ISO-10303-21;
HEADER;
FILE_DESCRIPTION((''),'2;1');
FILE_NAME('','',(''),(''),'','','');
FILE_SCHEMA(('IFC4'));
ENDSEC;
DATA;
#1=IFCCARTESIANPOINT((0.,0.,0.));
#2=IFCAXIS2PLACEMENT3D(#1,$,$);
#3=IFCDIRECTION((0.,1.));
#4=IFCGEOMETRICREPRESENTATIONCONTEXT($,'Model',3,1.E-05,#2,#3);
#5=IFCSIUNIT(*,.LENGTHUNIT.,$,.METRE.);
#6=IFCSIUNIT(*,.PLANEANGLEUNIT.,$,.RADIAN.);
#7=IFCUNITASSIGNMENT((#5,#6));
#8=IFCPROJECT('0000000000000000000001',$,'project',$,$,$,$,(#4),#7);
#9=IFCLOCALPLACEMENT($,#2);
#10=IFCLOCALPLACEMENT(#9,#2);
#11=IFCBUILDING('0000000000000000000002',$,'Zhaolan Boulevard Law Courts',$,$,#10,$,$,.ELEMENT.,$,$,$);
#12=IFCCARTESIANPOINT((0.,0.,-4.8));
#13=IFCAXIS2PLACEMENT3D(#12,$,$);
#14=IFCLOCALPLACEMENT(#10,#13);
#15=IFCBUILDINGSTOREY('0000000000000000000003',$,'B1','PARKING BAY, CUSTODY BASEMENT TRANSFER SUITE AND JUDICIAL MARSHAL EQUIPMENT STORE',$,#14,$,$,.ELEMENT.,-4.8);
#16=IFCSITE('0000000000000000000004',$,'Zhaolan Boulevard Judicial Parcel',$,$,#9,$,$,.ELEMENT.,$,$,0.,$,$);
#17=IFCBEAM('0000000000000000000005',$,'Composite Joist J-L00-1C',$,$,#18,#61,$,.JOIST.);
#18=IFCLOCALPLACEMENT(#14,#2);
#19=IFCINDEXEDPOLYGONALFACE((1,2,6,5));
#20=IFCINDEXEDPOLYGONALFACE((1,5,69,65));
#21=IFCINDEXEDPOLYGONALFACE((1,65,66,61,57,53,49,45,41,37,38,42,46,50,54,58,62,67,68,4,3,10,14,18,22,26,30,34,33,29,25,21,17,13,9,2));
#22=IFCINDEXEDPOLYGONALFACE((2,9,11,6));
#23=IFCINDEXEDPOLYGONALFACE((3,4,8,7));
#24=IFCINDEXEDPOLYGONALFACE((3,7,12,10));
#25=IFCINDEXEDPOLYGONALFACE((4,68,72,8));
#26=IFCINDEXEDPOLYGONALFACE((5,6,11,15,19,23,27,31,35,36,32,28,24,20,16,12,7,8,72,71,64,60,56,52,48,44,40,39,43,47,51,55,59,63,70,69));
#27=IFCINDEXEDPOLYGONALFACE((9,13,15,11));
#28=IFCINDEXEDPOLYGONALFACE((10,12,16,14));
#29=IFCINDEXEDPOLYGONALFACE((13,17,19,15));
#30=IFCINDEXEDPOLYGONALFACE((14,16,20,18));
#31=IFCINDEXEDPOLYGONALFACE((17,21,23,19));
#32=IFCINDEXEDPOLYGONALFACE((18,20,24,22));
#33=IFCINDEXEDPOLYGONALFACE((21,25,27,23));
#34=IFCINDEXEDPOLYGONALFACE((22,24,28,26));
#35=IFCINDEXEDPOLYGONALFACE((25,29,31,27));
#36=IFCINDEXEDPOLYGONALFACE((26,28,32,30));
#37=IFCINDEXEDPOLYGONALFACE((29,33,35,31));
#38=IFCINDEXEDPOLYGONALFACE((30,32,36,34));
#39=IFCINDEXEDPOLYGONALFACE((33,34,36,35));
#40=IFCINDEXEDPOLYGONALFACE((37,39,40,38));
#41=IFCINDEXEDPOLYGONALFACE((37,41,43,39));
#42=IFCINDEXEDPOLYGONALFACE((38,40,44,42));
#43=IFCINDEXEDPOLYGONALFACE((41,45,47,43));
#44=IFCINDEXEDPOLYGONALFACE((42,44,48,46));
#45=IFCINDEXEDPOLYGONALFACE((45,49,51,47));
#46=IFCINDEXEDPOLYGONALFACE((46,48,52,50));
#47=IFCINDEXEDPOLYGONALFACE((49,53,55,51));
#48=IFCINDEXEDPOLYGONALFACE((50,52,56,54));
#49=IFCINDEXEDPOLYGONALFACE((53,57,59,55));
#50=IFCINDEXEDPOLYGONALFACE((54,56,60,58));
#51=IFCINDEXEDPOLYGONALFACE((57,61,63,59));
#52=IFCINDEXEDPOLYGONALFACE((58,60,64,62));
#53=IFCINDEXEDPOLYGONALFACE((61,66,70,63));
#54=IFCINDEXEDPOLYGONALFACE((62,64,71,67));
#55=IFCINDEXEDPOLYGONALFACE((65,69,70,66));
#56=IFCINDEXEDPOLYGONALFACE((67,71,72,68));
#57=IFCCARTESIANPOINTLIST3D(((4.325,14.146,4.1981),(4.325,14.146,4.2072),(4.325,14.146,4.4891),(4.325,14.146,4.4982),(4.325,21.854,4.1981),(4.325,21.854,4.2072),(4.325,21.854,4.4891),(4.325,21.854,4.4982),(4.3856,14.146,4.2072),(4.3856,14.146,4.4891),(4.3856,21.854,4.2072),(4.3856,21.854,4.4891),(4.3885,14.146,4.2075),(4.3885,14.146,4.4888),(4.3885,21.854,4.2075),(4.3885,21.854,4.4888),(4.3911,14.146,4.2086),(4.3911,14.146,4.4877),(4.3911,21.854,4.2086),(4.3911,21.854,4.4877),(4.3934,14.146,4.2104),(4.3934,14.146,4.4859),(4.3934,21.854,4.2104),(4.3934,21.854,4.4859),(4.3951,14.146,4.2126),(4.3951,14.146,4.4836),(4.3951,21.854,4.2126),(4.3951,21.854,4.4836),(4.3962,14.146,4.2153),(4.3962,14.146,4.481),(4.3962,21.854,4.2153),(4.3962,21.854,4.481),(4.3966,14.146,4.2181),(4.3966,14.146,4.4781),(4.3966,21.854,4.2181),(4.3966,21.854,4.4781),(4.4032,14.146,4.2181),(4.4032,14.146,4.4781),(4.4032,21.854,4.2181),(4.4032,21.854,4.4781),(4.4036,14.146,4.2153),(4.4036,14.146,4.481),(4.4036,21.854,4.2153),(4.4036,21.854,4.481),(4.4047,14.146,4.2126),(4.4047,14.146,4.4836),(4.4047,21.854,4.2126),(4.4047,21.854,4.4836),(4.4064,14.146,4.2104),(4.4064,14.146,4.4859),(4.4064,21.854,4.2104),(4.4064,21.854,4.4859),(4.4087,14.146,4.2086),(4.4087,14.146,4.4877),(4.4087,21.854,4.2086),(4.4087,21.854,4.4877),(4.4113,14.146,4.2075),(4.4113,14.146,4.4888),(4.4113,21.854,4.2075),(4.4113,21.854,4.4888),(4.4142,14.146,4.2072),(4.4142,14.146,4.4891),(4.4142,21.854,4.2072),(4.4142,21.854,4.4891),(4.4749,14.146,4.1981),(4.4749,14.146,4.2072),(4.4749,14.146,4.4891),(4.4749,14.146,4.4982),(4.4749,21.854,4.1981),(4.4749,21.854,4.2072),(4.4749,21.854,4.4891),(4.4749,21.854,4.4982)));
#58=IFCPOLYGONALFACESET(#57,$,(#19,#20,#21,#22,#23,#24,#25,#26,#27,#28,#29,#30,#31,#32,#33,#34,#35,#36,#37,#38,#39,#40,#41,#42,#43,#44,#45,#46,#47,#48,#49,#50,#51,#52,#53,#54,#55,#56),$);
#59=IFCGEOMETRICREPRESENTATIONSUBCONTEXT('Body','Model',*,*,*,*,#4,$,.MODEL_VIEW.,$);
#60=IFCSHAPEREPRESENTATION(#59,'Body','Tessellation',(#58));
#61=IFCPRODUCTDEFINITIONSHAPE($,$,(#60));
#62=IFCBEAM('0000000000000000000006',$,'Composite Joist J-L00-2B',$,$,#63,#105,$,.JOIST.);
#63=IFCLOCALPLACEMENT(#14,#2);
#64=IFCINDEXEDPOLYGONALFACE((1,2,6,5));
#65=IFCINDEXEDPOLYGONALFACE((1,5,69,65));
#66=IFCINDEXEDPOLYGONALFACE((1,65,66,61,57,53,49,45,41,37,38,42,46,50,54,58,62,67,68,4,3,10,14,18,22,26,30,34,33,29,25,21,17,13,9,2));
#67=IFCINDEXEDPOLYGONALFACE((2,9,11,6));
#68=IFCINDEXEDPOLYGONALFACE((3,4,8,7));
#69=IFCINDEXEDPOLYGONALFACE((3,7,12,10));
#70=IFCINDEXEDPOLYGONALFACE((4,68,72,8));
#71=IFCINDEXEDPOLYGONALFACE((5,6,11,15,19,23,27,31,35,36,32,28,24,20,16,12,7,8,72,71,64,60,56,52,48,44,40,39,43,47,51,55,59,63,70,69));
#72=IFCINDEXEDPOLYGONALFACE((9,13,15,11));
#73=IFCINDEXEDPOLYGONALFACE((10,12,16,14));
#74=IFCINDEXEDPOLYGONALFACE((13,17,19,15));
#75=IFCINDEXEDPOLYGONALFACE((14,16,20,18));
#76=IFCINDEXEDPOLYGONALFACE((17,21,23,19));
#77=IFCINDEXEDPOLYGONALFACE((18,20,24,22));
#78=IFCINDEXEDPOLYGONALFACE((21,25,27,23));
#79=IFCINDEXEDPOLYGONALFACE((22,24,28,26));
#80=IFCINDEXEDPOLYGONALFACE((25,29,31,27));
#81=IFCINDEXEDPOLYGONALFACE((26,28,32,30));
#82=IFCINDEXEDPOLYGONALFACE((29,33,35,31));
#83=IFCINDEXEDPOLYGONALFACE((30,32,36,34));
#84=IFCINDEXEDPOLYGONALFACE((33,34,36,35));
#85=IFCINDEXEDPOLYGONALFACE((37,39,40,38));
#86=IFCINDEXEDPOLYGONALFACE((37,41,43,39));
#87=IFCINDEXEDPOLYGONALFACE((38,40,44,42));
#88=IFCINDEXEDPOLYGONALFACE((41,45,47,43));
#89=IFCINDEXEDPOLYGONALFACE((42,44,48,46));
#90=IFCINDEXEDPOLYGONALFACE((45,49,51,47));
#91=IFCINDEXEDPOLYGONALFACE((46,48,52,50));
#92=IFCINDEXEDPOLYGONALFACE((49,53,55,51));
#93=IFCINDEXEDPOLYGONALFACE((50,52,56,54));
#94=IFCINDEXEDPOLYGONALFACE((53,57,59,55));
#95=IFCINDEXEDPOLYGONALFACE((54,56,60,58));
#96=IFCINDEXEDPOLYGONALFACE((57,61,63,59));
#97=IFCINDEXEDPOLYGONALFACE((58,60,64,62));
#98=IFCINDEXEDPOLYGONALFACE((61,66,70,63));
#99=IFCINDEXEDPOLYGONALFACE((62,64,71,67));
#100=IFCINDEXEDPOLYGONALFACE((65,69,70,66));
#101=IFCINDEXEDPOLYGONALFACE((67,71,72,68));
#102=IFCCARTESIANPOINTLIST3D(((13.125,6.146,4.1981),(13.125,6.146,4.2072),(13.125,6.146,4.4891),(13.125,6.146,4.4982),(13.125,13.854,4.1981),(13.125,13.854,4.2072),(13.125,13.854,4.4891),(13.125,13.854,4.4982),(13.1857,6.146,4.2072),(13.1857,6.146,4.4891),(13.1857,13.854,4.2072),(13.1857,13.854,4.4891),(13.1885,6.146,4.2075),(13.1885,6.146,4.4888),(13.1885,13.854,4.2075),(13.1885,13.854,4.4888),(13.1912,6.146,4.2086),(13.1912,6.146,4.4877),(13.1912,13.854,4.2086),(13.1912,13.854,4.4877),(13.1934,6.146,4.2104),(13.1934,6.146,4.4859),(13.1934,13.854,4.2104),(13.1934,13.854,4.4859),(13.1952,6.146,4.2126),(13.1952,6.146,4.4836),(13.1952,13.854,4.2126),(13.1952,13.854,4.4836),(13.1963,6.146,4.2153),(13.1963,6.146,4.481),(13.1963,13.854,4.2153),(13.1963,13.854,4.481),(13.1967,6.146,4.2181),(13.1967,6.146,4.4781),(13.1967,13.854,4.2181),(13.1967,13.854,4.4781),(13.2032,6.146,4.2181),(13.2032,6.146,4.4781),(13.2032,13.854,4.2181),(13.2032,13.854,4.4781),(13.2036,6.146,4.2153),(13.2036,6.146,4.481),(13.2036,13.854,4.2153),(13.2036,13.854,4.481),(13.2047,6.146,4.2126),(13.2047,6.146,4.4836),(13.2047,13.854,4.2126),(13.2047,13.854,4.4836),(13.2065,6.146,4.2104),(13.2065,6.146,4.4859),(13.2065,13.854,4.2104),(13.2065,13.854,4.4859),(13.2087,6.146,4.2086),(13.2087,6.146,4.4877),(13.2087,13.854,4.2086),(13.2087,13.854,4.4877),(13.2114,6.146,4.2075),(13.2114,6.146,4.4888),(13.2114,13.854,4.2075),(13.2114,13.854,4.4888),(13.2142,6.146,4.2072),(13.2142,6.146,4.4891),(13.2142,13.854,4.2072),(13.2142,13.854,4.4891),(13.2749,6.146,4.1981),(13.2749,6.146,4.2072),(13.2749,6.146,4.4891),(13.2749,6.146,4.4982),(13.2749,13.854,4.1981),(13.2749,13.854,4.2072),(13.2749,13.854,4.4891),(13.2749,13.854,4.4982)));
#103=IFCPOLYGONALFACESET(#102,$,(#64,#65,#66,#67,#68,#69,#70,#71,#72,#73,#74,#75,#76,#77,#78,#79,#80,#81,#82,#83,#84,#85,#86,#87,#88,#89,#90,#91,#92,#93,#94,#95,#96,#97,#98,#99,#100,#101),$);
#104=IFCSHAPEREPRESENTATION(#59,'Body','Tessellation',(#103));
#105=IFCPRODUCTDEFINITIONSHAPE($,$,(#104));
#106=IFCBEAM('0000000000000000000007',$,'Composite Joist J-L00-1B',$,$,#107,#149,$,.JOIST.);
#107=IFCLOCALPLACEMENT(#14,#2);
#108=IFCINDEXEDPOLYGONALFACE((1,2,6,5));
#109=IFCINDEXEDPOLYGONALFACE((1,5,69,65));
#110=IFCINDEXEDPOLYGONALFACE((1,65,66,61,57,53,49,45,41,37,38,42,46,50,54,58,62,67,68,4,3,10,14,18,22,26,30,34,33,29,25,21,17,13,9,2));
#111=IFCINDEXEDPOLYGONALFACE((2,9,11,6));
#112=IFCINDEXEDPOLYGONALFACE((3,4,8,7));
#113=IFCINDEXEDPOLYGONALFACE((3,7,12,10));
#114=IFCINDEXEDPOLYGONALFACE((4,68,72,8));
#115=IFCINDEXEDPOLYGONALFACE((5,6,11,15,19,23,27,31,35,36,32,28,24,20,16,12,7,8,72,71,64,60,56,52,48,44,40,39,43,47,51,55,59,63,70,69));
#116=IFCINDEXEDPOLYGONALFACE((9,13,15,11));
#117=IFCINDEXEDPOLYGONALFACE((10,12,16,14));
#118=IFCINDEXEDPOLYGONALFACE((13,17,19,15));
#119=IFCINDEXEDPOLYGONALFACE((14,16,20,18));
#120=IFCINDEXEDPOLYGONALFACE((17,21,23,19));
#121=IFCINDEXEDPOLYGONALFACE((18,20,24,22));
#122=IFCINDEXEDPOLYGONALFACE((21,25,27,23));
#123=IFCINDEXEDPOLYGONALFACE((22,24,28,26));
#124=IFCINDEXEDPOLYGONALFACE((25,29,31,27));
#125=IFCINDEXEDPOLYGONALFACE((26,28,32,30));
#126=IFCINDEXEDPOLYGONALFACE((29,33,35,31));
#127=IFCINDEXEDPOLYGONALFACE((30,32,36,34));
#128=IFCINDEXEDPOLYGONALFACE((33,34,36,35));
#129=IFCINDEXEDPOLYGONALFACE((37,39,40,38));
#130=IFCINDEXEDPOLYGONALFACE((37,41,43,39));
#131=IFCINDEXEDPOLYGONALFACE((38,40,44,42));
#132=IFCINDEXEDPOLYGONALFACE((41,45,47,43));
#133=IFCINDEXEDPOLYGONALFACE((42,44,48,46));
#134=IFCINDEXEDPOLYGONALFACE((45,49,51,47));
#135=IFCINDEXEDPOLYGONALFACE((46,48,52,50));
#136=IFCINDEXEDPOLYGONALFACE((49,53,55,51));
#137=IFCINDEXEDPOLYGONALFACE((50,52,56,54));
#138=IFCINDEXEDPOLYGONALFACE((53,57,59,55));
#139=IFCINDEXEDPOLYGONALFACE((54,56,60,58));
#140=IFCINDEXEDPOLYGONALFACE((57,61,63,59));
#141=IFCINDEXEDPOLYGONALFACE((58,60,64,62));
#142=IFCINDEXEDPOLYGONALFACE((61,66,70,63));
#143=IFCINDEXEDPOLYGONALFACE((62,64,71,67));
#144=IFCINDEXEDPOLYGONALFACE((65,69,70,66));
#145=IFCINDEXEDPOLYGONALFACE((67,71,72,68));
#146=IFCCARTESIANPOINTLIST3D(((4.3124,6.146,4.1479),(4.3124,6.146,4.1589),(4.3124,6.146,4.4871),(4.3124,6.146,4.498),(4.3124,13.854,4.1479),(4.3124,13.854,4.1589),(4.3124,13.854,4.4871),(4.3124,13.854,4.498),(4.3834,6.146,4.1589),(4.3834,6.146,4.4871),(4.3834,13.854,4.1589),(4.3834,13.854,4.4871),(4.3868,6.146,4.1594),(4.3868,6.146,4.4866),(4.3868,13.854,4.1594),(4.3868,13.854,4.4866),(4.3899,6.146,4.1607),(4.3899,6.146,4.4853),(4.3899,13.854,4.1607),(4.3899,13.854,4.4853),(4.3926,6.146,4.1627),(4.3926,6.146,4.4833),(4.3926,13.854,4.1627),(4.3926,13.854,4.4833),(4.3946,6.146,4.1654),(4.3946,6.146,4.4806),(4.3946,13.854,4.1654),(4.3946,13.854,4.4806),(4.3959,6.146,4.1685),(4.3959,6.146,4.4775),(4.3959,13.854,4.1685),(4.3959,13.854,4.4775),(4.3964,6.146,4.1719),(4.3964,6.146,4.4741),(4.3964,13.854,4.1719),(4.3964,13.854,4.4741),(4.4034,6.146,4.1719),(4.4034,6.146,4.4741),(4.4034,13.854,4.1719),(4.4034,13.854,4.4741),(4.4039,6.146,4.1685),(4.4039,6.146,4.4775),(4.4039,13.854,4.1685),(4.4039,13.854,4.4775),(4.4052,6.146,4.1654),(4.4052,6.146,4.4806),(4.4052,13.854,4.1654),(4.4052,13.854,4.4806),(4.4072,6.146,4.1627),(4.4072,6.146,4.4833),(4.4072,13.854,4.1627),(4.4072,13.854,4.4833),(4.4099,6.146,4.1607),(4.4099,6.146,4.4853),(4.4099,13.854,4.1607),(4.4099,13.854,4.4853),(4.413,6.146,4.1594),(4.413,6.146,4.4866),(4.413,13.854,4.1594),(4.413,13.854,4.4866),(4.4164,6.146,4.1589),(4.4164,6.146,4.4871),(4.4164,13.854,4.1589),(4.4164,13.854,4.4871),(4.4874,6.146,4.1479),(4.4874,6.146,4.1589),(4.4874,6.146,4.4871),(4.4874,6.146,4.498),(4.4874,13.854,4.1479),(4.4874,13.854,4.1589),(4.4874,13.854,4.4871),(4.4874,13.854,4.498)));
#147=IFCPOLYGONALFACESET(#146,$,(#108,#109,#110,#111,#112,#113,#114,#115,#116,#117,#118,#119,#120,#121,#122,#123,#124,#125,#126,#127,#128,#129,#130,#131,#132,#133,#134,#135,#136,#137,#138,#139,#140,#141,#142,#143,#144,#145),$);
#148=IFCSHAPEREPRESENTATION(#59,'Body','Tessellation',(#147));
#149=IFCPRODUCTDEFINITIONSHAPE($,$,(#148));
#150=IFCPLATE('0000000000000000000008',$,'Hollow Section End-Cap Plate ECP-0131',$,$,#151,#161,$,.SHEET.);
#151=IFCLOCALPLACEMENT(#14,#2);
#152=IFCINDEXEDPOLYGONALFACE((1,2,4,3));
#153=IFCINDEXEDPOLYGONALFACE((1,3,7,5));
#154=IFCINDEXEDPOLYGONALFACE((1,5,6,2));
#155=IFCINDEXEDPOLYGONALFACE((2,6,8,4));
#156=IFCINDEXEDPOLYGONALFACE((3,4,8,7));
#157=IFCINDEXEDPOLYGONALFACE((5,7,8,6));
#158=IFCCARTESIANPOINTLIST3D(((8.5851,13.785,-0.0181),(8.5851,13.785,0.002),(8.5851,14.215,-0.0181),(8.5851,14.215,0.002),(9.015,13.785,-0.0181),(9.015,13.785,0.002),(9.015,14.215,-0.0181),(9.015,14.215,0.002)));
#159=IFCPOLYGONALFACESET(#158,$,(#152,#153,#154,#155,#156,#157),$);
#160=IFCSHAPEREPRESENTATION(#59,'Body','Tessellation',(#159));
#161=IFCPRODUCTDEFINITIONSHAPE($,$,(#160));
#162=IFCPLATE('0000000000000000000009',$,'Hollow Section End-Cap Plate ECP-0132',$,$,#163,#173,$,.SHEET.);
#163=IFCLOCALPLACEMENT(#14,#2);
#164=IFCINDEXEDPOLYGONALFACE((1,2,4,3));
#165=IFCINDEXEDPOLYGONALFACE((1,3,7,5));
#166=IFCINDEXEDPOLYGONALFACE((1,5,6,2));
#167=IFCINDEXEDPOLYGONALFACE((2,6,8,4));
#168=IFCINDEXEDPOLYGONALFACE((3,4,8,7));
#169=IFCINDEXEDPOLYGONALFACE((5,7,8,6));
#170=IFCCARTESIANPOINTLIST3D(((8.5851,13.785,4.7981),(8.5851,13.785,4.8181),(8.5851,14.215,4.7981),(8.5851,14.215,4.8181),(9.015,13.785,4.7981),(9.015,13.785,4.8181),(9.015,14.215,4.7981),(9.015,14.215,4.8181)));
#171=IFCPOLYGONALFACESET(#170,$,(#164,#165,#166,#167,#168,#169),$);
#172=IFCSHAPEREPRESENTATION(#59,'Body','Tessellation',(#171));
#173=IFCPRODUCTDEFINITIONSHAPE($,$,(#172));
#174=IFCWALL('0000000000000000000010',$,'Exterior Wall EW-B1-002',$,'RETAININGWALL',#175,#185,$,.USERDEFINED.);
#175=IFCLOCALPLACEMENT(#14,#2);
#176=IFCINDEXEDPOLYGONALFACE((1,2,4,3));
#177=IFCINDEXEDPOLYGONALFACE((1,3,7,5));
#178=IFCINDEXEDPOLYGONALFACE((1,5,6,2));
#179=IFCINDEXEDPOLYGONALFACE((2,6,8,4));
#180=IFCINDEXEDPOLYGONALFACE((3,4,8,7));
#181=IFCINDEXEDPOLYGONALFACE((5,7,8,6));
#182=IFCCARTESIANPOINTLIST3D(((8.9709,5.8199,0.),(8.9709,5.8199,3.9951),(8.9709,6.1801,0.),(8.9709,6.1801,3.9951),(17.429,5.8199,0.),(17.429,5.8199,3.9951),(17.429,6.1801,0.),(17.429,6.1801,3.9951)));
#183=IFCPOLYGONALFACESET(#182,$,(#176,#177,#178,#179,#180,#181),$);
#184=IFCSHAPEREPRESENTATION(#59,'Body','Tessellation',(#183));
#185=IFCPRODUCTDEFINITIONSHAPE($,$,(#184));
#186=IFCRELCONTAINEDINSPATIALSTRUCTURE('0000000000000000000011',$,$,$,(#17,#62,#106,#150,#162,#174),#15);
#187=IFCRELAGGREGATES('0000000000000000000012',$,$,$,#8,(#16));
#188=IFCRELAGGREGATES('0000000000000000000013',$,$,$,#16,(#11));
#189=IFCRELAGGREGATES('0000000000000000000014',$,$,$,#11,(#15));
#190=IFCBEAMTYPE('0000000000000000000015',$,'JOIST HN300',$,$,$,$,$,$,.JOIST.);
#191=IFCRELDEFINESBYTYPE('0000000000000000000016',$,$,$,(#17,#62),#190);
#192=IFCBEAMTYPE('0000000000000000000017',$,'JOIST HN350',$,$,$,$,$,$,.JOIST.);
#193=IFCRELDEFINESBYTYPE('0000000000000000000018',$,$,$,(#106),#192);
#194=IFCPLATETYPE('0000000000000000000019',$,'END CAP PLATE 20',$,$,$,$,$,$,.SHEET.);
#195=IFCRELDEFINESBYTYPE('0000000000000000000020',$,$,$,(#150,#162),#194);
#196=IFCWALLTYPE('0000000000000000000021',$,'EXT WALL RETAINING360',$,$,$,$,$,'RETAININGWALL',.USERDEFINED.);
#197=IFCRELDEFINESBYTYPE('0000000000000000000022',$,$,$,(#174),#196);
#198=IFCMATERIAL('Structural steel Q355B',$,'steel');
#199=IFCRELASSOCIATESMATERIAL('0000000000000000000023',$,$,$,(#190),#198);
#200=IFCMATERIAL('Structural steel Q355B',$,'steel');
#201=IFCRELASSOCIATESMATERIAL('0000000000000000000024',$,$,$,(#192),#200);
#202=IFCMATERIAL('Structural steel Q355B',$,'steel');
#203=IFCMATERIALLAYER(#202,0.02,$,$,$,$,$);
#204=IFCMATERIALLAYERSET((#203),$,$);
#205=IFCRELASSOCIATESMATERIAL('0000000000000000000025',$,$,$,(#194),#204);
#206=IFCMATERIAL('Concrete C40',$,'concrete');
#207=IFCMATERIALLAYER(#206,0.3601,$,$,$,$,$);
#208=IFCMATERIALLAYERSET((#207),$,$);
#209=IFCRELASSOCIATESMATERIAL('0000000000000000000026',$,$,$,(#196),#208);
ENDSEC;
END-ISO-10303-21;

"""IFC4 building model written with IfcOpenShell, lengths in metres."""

from ifc_helpers import new_model, si_unit, direction, frame, frame_2d, origin, origin_2d, place, context, subcontext, project, spatial, rectangle, i_section, extrude, material, layer, layer_set, material_profile, profile_set, type_object, element, save


model = new_model("IFC4")

# Units and contexts
model_context = context("Model", 3, precision=1e-05, world=origin(), true_north=direction((0.0, 1.0)))
body_context = subcontext(model_context, "Body", "Model", "MODEL_VIEW")
ifc_project = project(units=[si_unit("LENGTHUNIT", "METRE"), si_unit("PLANEANGLEUNIT", "RADIAN")], contexts=[model_context])

# Site, building, storey
site_placement = place(None, origin())
site = spatial("IfcSite", under=ifc_project, at=site_placement, Name="Zhaolan Boulevard Judicial Parcel", CompositionType="ELEMENT", RefElevation=0.0)
building_placement = place(site_placement, origin())
building = spatial("IfcBuilding", under=site, at=building_placement, Name="Zhaolan Boulevard Law Courts", CompositionType="ELEMENT")
storey_placement = place(building_placement, frame((0.0, 0.0, -4.8)))
storey = spatial("IfcBuildingStorey", under=building, at=storey_placement, Name="B1", Description="PARKING BAY, CUSTODY BASEMENT TRANSFER SUITE AND JUDICIAL MARSHAL EQUIPMENT STORE", CompositionType="ELEMENT", Elevation=-4.8)

# Beams
ifc_material_1 = material(Name="Structural steel Q355B", Category="steel")
ifc_material_profile_1 = material_profile(ifc_material_1, i_section(OverallWidth=0.1499, OverallDepth=0.3, WebThickness=0.0066, FlangeThickness=0.009, FilletRadius=0.011, at=origin_2d()), Name="HN300x150")
ifc_profile_set_1 = profile_set([ifc_material_profile_1], Name="Structural steel Q355B")
beam_type_1 = type_object("IfcBeamType", Name="JOIST HN300", PredefinedType="JOIST", material=ifc_profile_set_1)
for number, where, z_axis, x_axis, name in (
    (1, (4.3999, 14.146, 4.3481), (0.0, 1.0, 0.0), (-1.0, 0.0, 0.0), "Composite Joist J-L00-1C"),
    (2, (13.2, 6.146, 4.3481), (0.0, 1.0, 0.0), (-1.0, 0.0, 0.0), "Composite Joist J-L00-2B"),
):
    element("IfcBeam", number, at=place(storey_placement, frame(where, z_axis=z_axis, x_axis=x_axis)), inside=storey, type_object=beam_type_1, Name=name, PredefinedType="JOIST", context=body_context, shape_type="SweptSolid", body=[
        extrude(i_section(OverallWidth=0.1499, OverallDepth=0.3, WebThickness=0.0066, FlangeThickness=0.009, FilletRadius=0.011, at=origin_2d()), origin(), (0.0, 0.0, 1.0), 7.708),
    ])
ifc_material_2 = material(Name="Structural steel Q355B", Category="steel")
ifc_material_profile_2 = material_profile(ifc_material_2, i_section(OverallWidth=0.175, OverallDepth=0.3501, WebThickness=0.0071, FlangeThickness=0.011, FilletRadius=0.0129, at=origin_2d()), Name="HN350x175")
ifc_profile_set_2 = profile_set([ifc_material_profile_2], Name="Structural steel Q355B")
beam_type_2 = type_object("IfcBeamType", Name="JOIST HN350", PredefinedType="JOIST", material=ifc_profile_set_2)
beam_1_placement = place(storey_placement, frame((4.3999, 6.146, 4.323), z_axis=(0.0, 1.0, 0.0), x_axis=(-1.0, 0.0, 0.0)))
element("IfcBeam", 3, at=beam_1_placement, inside=storey, type_object=beam_type_2, Name="Composite Joist J-L00-1B", PredefinedType="JOIST", context=body_context, shape_type="SweptSolid", body=[
    extrude(i_section(OverallWidth=0.175, OverallDepth=0.3501, WebThickness=0.0071, FlangeThickness=0.011, FilletRadius=0.0129, at=origin_2d()), origin(), (0.0, 0.0, 1.0), 7.708),
])

# Plates
ifc_material_3 = material(Name="Structural steel Q355B", Category="steel")
ifc_layer_1 = layer(ifc_material_3, 0.02)
ifc_layer_set_1 = layer_set([ifc_layer_1])
plate_type = type_object("IfcPlateType", Name="END CAP PLATE 20", PredefinedType="SHEET", material=ifc_layer_set_1)
for number, where, z_axis, x_axis, name in (
    (4, (8.8, 14.0, -0.0181), (0.0, 0.0, 1.0), (1.0, 0.0, 0.0), "Hollow Section End-Cap Plate ECP-0131"),
    (5, (8.8, 14.0, 4.7981), (0.0, 0.0, 1.0), (1.0, 0.0, 0.0), "Hollow Section End-Cap Plate ECP-0132"),
):
    element("IfcPlate", number, at=place(storey_placement, frame(where, z_axis=z_axis, x_axis=x_axis)), inside=storey, type_object=plate_type, Name=name, PredefinedType="SHEET", context=body_context, shape_type="SweptSolid", body=[
        extrude(rectangle(XDim=0.4299, YDim=0.4299, at=origin_2d()), origin(), (0.0, 0.0, 1.0), 0.02),
    ])

# Wall
ifc_material_4 = material(Name="Concrete C40", Category="concrete")
ifc_layer_2 = layer(ifc_material_4, 0.3601)
ifc_layer_set_2 = layer_set([ifc_layer_2])
wall_type = type_object("IfcWallType", Name="EXT WALL RETAINING360", ElementType="RETAININGWALL", PredefinedType="USERDEFINED", material=ifc_layer_set_2)
wall_placement = place(storey_placement, frame((8.9709, 6.0, 0.0), z_axis=(0.0, 0.0, 1.0), x_axis=(1.0, 0.0, 0.0)))
element("IfcWall", 6, at=wall_placement, inside=storey, type_object=wall_type, Name="Exterior Wall EW-B1-002", ObjectType="RETAININGWALL", PredefinedType="USERDEFINED", context=body_context, shape_type="SweptSolid", body=[
    extrude(rectangle(XDim=8.458, YDim=0.3601, at=frame_2d((4.229, 0.0))), origin(), (0.0, 0.0, 1.0), 3.9951),
])

save(model, "model.ifc")
